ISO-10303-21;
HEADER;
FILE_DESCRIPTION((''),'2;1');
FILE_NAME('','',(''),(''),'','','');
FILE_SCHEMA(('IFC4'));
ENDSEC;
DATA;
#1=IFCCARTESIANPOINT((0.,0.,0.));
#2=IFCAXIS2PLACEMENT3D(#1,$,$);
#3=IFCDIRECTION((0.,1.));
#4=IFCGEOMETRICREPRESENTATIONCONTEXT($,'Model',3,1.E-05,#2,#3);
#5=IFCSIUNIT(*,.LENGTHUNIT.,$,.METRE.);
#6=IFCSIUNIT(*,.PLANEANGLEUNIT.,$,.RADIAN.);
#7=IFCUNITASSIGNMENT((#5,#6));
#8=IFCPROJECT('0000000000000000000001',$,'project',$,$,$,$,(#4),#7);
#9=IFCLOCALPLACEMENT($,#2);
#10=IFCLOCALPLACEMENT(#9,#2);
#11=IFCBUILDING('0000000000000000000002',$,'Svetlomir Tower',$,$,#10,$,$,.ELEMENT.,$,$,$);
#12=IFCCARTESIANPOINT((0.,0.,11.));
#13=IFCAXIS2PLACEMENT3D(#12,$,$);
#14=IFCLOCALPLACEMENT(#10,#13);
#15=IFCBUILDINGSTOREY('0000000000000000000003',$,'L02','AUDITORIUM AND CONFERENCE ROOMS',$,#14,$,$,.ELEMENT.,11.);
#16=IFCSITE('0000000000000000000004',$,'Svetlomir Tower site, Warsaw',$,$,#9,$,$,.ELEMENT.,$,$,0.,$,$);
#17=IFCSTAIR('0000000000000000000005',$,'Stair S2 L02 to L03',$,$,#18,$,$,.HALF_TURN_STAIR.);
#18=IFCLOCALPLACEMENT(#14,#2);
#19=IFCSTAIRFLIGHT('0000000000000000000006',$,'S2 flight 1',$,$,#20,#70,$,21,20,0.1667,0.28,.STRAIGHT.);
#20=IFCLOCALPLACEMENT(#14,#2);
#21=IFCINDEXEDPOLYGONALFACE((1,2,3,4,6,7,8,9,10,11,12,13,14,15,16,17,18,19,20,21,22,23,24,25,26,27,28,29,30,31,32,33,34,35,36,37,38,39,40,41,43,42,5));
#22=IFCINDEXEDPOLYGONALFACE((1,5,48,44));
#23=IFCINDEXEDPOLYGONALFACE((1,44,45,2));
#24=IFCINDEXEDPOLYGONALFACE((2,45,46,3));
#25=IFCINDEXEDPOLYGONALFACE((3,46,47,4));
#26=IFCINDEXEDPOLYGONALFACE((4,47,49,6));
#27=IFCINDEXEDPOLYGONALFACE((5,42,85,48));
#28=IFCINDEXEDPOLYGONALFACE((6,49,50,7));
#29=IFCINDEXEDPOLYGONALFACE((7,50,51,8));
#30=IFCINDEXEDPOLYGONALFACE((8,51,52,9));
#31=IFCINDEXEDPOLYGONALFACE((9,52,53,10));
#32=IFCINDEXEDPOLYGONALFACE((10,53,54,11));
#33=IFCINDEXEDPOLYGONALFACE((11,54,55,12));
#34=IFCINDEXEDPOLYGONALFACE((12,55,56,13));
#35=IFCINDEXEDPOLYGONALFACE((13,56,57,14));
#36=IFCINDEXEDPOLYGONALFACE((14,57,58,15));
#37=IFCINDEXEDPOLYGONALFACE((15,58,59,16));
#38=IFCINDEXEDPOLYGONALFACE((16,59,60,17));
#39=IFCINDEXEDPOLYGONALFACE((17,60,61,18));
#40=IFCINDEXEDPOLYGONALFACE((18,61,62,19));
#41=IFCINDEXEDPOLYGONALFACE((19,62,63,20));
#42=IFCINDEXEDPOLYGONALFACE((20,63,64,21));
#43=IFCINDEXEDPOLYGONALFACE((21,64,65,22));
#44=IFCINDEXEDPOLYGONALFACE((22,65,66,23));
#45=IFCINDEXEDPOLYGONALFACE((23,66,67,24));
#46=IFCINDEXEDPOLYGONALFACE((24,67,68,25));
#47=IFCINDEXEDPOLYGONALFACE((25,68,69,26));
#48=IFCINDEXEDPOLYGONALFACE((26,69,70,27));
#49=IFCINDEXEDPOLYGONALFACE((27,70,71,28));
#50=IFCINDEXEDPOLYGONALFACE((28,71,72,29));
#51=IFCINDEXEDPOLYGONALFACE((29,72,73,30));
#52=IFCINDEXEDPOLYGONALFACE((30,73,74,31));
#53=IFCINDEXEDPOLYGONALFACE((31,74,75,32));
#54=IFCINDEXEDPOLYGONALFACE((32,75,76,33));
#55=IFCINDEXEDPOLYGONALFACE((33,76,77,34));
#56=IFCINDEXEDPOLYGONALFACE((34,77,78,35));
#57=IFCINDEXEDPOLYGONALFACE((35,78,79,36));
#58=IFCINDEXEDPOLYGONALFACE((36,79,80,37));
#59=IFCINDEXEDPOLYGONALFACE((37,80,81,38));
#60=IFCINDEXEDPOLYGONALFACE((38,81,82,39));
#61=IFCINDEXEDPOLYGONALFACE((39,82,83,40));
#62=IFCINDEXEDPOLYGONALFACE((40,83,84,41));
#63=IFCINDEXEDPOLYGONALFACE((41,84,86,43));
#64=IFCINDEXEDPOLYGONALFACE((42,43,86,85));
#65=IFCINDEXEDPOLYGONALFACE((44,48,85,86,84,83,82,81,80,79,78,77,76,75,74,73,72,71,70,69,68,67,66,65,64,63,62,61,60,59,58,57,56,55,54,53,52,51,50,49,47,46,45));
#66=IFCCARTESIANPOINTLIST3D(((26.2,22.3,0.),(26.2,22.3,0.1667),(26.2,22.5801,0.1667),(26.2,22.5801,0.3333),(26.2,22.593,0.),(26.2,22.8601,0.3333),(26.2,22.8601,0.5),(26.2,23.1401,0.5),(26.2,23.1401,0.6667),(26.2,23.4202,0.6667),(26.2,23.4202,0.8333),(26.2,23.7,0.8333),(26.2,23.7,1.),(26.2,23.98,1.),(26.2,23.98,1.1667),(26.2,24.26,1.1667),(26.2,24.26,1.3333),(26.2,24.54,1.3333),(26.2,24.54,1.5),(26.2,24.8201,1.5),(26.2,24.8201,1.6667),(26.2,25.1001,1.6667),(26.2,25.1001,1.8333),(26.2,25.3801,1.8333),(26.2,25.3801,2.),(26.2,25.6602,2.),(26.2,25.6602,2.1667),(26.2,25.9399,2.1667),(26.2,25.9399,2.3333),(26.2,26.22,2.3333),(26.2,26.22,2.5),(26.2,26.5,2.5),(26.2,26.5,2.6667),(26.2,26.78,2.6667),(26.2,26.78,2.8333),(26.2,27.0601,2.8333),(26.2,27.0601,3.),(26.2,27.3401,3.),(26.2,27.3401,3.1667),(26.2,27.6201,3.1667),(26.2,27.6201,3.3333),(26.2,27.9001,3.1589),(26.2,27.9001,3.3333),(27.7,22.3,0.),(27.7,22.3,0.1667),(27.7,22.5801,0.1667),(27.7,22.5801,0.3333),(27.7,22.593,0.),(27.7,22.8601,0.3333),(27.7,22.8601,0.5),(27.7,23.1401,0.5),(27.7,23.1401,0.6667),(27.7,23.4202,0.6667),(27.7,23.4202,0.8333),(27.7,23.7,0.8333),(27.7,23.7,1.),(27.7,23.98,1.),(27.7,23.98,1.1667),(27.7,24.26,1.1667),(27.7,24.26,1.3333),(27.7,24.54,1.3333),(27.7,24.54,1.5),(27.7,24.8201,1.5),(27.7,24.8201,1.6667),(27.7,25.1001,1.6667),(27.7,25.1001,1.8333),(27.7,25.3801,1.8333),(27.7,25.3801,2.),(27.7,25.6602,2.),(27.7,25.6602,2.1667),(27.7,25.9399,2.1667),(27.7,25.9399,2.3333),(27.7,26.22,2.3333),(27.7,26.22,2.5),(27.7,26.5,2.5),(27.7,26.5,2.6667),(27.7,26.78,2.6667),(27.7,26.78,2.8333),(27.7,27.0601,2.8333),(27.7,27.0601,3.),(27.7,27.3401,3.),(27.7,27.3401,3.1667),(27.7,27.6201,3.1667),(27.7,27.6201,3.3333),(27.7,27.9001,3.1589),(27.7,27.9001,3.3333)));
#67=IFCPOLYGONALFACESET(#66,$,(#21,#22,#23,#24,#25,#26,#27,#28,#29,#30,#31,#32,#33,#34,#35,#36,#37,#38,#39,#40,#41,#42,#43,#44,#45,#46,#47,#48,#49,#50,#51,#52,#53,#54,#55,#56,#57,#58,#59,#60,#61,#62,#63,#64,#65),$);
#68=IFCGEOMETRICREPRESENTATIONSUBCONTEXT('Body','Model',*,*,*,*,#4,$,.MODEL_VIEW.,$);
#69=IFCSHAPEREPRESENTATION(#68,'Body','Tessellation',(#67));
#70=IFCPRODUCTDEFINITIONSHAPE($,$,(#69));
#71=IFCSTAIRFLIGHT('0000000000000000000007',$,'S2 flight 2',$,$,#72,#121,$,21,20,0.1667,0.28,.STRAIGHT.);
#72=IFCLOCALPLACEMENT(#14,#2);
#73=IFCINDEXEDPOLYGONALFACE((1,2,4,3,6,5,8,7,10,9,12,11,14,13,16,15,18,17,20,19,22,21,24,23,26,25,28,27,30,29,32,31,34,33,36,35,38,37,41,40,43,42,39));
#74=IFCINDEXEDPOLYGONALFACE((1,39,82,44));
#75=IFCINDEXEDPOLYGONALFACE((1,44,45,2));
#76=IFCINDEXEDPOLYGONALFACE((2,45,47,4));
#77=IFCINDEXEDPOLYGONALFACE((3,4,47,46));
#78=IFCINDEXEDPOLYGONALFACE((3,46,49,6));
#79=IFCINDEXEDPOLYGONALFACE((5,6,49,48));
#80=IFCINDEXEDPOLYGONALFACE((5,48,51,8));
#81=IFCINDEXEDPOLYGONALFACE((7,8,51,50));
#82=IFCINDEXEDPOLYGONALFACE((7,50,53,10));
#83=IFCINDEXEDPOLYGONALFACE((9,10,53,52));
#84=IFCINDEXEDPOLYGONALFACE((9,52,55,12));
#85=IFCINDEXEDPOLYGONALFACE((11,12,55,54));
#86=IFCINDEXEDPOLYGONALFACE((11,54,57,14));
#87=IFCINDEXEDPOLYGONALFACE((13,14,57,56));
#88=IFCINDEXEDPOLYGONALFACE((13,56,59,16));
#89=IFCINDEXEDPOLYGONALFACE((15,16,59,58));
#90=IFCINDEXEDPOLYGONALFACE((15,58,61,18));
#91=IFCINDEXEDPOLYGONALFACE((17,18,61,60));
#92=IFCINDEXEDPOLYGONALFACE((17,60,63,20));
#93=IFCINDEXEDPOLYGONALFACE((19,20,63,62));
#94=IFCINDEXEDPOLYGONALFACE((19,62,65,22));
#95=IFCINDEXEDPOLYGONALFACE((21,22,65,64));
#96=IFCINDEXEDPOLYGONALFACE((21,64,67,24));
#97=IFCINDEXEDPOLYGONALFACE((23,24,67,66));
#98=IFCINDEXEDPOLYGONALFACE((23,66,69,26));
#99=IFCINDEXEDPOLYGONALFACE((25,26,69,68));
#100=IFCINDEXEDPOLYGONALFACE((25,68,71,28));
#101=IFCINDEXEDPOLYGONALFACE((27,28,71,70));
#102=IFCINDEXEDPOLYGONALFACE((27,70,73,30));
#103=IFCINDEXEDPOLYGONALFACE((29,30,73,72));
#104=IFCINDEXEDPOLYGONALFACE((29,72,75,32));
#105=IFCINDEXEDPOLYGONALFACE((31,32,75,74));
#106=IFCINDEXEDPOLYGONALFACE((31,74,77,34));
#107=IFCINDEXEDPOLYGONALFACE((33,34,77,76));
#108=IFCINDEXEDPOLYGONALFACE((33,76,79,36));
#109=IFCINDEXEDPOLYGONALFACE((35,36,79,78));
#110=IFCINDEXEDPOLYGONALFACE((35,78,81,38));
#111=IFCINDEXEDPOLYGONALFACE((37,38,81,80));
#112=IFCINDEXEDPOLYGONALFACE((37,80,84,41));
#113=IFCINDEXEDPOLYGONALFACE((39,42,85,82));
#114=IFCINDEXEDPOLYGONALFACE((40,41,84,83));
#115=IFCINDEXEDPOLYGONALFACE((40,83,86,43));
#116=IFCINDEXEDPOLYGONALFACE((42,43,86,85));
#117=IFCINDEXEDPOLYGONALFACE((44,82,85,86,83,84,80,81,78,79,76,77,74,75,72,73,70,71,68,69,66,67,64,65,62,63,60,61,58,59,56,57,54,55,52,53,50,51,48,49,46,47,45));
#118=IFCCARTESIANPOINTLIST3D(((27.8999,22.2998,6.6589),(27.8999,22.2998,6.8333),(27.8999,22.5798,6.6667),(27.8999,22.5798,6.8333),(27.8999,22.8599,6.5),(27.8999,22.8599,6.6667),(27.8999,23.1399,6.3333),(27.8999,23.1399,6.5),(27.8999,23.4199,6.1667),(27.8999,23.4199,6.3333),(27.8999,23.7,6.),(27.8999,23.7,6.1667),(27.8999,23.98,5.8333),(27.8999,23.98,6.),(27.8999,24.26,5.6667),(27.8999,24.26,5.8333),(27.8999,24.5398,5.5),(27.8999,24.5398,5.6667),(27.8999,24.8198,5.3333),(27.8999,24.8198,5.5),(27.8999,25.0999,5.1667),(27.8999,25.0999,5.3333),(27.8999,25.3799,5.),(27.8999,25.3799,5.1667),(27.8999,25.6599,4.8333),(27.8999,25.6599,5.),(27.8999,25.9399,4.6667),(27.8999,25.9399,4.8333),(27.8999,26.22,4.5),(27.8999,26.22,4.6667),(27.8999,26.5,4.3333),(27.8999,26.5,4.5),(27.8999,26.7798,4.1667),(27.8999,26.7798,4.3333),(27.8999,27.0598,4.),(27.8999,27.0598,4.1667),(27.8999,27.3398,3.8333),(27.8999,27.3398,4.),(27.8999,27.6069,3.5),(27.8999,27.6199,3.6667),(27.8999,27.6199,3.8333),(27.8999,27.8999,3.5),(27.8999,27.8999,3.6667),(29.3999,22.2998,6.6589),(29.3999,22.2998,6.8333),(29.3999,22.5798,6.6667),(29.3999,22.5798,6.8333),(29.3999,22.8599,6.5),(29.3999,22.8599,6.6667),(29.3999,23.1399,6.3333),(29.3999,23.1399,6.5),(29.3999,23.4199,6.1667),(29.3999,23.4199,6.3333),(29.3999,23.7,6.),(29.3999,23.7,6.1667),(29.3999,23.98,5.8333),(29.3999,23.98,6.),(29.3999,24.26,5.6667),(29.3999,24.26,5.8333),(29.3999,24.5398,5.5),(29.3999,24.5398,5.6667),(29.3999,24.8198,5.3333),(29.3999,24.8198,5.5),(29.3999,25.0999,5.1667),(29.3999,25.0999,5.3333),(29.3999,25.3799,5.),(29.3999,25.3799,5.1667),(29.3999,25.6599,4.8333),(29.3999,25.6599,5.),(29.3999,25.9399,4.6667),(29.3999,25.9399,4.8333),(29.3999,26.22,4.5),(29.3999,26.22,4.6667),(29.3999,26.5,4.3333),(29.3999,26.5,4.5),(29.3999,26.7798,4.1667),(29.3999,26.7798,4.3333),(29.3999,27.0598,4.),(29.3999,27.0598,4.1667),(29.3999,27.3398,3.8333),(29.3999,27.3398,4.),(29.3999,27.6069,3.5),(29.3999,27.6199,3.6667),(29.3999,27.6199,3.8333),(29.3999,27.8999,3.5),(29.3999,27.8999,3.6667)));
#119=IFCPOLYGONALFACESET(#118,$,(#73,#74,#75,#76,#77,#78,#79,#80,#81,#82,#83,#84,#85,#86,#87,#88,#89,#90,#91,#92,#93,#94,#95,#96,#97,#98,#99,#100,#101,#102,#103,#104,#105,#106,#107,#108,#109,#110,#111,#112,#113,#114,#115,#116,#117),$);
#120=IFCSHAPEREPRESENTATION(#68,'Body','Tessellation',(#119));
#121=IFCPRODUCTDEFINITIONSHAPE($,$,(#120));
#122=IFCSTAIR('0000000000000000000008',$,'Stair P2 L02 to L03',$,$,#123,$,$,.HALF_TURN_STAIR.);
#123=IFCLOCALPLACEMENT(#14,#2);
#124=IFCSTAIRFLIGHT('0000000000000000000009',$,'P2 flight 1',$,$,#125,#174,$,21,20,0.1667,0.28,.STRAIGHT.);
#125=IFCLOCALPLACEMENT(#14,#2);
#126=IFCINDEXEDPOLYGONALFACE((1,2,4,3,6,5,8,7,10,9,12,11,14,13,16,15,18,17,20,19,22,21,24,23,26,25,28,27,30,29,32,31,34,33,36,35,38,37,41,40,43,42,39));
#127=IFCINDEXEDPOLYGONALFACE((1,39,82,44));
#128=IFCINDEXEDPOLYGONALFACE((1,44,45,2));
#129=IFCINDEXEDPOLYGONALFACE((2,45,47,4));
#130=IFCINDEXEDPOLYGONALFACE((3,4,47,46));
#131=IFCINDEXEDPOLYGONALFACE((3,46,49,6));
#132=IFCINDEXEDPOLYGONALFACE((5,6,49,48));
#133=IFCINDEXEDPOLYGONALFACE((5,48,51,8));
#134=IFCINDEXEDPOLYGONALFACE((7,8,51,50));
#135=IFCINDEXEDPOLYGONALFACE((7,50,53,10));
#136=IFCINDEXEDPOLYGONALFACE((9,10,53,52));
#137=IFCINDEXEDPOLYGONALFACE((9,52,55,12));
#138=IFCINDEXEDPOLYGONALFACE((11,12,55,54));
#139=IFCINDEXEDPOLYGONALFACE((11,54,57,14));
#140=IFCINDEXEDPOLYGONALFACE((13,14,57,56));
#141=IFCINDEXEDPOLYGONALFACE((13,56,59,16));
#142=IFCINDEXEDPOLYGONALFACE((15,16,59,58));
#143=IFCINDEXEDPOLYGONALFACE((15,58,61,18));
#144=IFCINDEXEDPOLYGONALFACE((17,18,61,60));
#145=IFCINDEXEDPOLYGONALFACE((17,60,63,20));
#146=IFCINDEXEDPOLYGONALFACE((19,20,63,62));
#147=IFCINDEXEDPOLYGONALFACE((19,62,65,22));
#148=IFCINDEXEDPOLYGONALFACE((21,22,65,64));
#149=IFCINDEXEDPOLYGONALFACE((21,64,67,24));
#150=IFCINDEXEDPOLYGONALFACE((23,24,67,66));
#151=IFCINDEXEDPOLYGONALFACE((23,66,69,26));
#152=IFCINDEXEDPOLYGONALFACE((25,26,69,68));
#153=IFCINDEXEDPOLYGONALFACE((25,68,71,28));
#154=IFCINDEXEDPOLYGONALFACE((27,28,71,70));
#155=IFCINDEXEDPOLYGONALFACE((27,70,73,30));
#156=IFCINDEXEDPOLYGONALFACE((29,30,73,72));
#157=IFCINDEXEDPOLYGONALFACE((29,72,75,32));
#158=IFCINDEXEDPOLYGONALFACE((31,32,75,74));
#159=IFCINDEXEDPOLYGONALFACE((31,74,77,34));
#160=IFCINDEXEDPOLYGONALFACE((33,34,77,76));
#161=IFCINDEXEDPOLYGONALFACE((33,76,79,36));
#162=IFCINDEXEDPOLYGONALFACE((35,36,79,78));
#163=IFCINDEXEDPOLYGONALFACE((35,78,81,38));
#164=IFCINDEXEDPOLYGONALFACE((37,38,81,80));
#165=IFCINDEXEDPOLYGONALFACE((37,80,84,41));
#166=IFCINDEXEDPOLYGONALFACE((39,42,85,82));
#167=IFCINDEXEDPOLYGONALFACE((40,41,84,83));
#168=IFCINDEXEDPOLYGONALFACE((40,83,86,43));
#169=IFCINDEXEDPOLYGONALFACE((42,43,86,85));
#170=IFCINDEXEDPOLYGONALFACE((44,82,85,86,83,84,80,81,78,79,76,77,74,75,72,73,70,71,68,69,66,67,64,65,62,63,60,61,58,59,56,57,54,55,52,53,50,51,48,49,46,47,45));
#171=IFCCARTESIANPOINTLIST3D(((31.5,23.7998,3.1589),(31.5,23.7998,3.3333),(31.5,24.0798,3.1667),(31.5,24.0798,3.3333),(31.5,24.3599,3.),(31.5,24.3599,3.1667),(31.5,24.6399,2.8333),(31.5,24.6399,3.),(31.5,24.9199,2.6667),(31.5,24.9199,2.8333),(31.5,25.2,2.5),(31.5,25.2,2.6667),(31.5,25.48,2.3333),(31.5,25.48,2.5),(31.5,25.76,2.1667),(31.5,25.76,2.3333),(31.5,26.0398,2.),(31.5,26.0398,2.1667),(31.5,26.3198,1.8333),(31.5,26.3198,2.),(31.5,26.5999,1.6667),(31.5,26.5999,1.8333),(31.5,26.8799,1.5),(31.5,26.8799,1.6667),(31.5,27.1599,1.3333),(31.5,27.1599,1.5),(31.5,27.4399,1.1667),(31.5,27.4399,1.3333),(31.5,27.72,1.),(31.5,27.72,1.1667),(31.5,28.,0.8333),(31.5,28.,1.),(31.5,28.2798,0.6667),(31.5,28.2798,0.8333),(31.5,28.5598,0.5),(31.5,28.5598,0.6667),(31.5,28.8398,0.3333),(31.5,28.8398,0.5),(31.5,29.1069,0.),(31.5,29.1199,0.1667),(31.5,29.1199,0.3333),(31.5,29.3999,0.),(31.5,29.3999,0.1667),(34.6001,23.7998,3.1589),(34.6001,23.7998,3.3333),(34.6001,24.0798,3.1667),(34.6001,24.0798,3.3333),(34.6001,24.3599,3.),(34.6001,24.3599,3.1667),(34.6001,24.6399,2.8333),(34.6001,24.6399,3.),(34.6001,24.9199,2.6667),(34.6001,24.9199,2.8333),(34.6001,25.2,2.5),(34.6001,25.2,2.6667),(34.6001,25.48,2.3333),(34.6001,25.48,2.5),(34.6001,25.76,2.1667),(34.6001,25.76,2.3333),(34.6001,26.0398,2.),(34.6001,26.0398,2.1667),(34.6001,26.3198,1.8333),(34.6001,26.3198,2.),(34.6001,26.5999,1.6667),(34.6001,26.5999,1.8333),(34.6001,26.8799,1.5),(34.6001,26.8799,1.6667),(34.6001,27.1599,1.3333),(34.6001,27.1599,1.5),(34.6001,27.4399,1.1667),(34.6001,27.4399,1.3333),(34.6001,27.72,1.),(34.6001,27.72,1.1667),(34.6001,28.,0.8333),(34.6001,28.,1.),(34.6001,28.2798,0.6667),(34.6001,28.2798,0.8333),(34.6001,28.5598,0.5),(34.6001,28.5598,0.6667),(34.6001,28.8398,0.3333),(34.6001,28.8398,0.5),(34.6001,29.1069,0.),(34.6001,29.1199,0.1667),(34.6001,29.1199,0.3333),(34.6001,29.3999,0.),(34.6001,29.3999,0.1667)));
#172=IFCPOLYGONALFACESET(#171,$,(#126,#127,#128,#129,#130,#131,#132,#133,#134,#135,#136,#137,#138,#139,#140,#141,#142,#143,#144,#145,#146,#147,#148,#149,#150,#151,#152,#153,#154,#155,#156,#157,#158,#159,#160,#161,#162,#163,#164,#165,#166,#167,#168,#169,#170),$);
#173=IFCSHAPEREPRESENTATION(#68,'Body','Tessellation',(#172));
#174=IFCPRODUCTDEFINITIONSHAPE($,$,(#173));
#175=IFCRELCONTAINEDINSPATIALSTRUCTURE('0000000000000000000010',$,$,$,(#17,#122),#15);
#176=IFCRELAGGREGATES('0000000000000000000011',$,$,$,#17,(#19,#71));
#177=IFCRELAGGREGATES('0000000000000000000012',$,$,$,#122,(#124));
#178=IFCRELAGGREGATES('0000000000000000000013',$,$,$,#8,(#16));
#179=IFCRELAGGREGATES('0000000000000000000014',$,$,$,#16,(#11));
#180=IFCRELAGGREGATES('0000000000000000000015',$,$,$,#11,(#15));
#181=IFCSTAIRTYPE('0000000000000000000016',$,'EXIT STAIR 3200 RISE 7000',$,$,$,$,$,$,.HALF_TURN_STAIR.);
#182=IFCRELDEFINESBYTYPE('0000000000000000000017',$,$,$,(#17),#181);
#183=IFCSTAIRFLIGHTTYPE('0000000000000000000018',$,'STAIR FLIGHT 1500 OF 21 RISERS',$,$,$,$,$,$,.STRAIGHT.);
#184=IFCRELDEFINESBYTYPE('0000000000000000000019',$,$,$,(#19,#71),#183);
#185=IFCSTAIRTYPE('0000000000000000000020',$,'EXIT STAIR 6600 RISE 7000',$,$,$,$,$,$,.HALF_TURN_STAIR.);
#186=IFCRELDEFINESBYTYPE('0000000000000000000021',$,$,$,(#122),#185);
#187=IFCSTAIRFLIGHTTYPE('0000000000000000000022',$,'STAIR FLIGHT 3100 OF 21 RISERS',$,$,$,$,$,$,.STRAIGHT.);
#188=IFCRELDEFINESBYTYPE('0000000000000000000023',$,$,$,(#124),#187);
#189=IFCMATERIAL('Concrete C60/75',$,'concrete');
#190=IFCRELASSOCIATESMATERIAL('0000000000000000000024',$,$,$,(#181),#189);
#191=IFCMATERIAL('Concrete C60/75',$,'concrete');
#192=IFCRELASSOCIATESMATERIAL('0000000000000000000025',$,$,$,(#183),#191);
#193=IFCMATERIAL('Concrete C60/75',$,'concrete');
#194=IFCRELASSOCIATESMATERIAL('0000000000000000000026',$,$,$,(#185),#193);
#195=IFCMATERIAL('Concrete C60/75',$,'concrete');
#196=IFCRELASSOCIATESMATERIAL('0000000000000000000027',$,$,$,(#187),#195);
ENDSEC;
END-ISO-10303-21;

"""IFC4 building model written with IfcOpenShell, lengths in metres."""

from ifc_helpers import new_model, si_unit, direction, frame, origin, place, context, subcontext, project, spatial, polyline, outline, extrude, material, type_object, element, aggregate, save


model = new_model("IFC4")

# Units and contexts
model_context = context("Model", 3, precision=1e-05, world=origin(), true_north=direction((0.0, 1.0)))
body_context = subcontext(model_context, "Body", "Model", "MODEL_VIEW")
ifc_project = project(units=[si_unit("LENGTHUNIT", "METRE"), si_unit("PLANEANGLEUNIT", "RADIAN")], contexts=[model_context])

# Site, building, storey
site_placement = place(None, origin())
site = spatial("IfcSite", under=ifc_project, at=site_placement, Name="Svetlomir Tower site, Warsaw", CompositionType="ELEMENT", RefElevation=0.0)
building_placement = place(site_placement, origin())
building = spatial("IfcBuilding", under=site, at=building_placement, Name="Svetlomir Tower", CompositionType="ELEMENT")
storey_placement = place(building_placement, frame((0.0, 0.0, 11.0)))
storey = spatial("IfcBuildingStorey", under=building, at=storey_placement, Name="L02", Description="AUDITORIUM AND CONFERENCE ROOMS", CompositionType="ELEMENT", Elevation=11.0)

# Stair, stair flights
ifc_material_1 = material(Name="Concrete C60/75", Category="concrete")
stair_type_1 = type_object("IfcStairType", Name="EXIT STAIR 3200 RISE 7000", PredefinedType="HALF_TURN_STAIR", material=ifc_material_1)
stair_1_placement = place(storey_placement, origin())
stair_1 = element("IfcStair", 1, at=stair_1_placement, inside=storey, type_object=stair_type_1, Name="Stair S2 L02 to L03", PredefinedType="HALF_TURN_STAIR")
ifc_material_2 = material(Name="Concrete C60/75", Category="concrete")
stair_flight_type_1 = type_object("IfcStairFlightType", Name="STAIR FLIGHT 1500 OF 21 RISERS", PredefinedType="STRAIGHT", material=ifc_material_2)
stair_flight_1_placement = place(storey_placement, frame((26.95, 22.3, 0.0), z_axis=(0.0, 0.0, 1.0), x_axis=(0.0, 1.0, 0.0)))
stair_flight_1 = element("IfcStairFlight", 2, at=stair_flight_1_placement, type_object=stair_flight_type_1, Name="S2 flight 1", NumberOfRisers=21, NumberOfTreads=20, PredefinedType="STRAIGHT", RiserHeight=0.1667, TreadLength=0.28, context=body_context, shape_type="SweptSolid", body=[
    extrude(outline(polyline([(0.0, 0.0), (0.0, 0.1667), (0.28, 0.1667), (0.28, 0.3333), (0.5601, 0.3333), (0.5601, 0.5), (0.8401, 0.5), (0.8401, 0.6667), (1.1201, 0.6667), (1.1201, 0.8333), (1.3999, 0.8333), (1.3999, 1.0), (1.6799, 1.0), (1.6799, 1.1667), (1.96, 1.1667), (1.96, 1.3333), (2.24, 1.3333), (2.24, 1.5), (2.52, 1.5), (2.52, 1.6667), (2.8, 1.6667), (2.8, 1.8333), (3.0801, 1.8333), (3.0801, 2.0), (3.3601, 2.0), (3.3601, 2.1667), (3.6399, 2.1667), (3.6399, 2.3333), (3.9199, 2.3333), (3.9199, 2.5), (4.2, 2.5), (4.2, 2.6667), (4.48, 2.6667), (4.48, 2.8333), (4.76, 2.8333), (4.76, 3.0), (5.04, 3.0), (5.04, 3.1667), (5.3201, 3.1667), (5.3201, 3.3333), (5.6001, 3.3333), (5.6001, 3.5), (5.6001, 3.1589), (0.293, 0.0), (0.0, 0.0)])), frame((0.0, 0.75, 0.0), z_axis=(0.0, -1.0, 0.0), x_axis=(1.0, 0.0, 0.0)), (0.0, 0.0, 1.0), 1.5),
])
stair_flight_2_placement = place(storey_placement, frame((28.6499, 27.8999, 3.5), z_axis=(0.0, 0.0, 1.0), x_axis=(0.0, -1.0, 0.0)))
stair_flight_2 = element("IfcStairFlight", 3, at=stair_flight_2_placement, type_object=stair_flight_type_1, Name="S2 flight 2", NumberOfRisers=21, NumberOfTreads=20, PredefinedType="STRAIGHT", RiserHeight=0.1667, TreadLength=0.28, context=body_context, shape_type="SweptSolid", body=[
    extrude(outline(polyline([(0.0, 0.0), (0.0, 0.1667), (0.28, 0.1667), (0.28, 0.3333), (0.5601, 0.3333), (0.5601, 0.5), (0.8401, 0.5), (0.8401, 0.6667), (1.1201, 0.6667), (1.1201, 0.8333), (1.3999, 0.8333), (1.3999, 1.0), (1.6799, 1.0), (1.6799, 1.1667), (1.96, 1.1667), (1.96, 1.3333), (2.24, 1.3333), (2.24, 1.5), (2.52, 1.5), (2.52, 1.6667), (2.8, 1.6667), (2.8, 1.8333), (3.0801, 1.8333), (3.0801, 2.0), (3.3601, 2.0), (3.3601, 2.1667), (3.6399, 2.1667), (3.6399, 2.3333), (3.9199, 2.3333), (3.9199, 2.5), (4.2, 2.5), (4.2, 2.6667), (4.48, 2.6667), (4.48, 2.8333), (4.76, 2.8333), (4.76, 3.0), (5.04, 3.0), (5.04, 3.1667), (5.3201, 3.1667), (5.3201, 3.3333), (5.6001, 3.3333), (5.6001, 3.5), (5.6001, 3.1589), (0.293, 0.0), (0.0, 0.0)])), frame((0.0, 0.75, 0.0), z_axis=(0.0, -1.0, 0.0), x_axis=(1.0, 0.0, 0.0)), (0.0, 0.0, 1.0), 1.5),
])
aggregate(stair_1, [stair_flight_1, stair_flight_2])

# Stair, stair flight
ifc_material_3 = material(Name="Concrete C60/75", Category="concrete")
stair_type_2 = type_object("IfcStairType", Name="EXIT STAIR 6600 RISE 7000", PredefinedType="HALF_TURN_STAIR", material=ifc_material_3)
stair_2_placement = place(storey_placement, origin())
stair_2 = element("IfcStair", 4, at=stair_2_placement, inside=storey, type_object=stair_type_2, Name="Stair P2 L02 to L03", PredefinedType="HALF_TURN_STAIR")
ifc_material_4 = material(Name="Concrete C60/75", Category="concrete")
stair_flight_type_2 = type_object("IfcStairFlightType", Name="STAIR FLIGHT 3100 OF 21 RISERS", PredefinedType="STRAIGHT", material=ifc_material_4)
stair_flight_3_placement = place(storey_placement, frame((33.05, 29.3999, 0.0), z_axis=(0.0, 0.0, 1.0), x_axis=(0.0, -1.0, 0.0)))
stair_flight_3 = element("IfcStairFlight", 5, at=stair_flight_3_placement, type_object=stair_flight_type_2, Name="P2 flight 1", NumberOfRisers=21, NumberOfTreads=20, PredefinedType="STRAIGHT", RiserHeight=0.1667, TreadLength=0.28, context=body_context, shape_type="SweptSolid", body=[
    extrude(outline(polyline([(0.0, 0.0), (0.0, 0.1667), (0.28, 0.1667), (0.28, 0.3333), (0.5601, 0.3333), (0.5601, 0.5), (0.8401, 0.5), (0.8401, 0.6667), (1.1201, 0.6667), (1.1201, 0.8333), (1.3999, 0.8333), (1.3999, 1.0), (1.6799, 1.0), (1.6799, 1.1667), (1.96, 1.1667), (1.96, 1.3333), (2.24, 1.3333), (2.24, 1.5), (2.52, 1.5), (2.52, 1.6667), (2.8, 1.6667), (2.8, 1.8333), (3.0801, 1.8333), (3.0801, 2.0), (3.3601, 2.0), (3.3601, 2.1667), (3.6399, 2.1667), (3.6399, 2.3333), (3.9199, 2.3333), (3.9199, 2.5), (4.2, 2.5), (4.2, 2.6667), (4.48, 2.6667), (4.48, 2.8333), (4.76, 2.8333), (4.76, 3.0), (5.04, 3.0), (5.04, 3.1667), (5.3201, 3.1667), (5.3201, 3.3333), (5.6001, 3.3333), (5.6001, 3.5), (5.6001, 3.1589), (0.293, 0.0), (0.0, 0.0)])), frame((0.0, 1.55, 0.0), z_axis=(0.0, -1.0, 0.0), x_axis=(1.0, 0.0, 0.0)), (0.0, 0.0, 1.0), 3.1001),
])
aggregate(stair_2, [stair_flight_3])

save(model, "model.ifc")
